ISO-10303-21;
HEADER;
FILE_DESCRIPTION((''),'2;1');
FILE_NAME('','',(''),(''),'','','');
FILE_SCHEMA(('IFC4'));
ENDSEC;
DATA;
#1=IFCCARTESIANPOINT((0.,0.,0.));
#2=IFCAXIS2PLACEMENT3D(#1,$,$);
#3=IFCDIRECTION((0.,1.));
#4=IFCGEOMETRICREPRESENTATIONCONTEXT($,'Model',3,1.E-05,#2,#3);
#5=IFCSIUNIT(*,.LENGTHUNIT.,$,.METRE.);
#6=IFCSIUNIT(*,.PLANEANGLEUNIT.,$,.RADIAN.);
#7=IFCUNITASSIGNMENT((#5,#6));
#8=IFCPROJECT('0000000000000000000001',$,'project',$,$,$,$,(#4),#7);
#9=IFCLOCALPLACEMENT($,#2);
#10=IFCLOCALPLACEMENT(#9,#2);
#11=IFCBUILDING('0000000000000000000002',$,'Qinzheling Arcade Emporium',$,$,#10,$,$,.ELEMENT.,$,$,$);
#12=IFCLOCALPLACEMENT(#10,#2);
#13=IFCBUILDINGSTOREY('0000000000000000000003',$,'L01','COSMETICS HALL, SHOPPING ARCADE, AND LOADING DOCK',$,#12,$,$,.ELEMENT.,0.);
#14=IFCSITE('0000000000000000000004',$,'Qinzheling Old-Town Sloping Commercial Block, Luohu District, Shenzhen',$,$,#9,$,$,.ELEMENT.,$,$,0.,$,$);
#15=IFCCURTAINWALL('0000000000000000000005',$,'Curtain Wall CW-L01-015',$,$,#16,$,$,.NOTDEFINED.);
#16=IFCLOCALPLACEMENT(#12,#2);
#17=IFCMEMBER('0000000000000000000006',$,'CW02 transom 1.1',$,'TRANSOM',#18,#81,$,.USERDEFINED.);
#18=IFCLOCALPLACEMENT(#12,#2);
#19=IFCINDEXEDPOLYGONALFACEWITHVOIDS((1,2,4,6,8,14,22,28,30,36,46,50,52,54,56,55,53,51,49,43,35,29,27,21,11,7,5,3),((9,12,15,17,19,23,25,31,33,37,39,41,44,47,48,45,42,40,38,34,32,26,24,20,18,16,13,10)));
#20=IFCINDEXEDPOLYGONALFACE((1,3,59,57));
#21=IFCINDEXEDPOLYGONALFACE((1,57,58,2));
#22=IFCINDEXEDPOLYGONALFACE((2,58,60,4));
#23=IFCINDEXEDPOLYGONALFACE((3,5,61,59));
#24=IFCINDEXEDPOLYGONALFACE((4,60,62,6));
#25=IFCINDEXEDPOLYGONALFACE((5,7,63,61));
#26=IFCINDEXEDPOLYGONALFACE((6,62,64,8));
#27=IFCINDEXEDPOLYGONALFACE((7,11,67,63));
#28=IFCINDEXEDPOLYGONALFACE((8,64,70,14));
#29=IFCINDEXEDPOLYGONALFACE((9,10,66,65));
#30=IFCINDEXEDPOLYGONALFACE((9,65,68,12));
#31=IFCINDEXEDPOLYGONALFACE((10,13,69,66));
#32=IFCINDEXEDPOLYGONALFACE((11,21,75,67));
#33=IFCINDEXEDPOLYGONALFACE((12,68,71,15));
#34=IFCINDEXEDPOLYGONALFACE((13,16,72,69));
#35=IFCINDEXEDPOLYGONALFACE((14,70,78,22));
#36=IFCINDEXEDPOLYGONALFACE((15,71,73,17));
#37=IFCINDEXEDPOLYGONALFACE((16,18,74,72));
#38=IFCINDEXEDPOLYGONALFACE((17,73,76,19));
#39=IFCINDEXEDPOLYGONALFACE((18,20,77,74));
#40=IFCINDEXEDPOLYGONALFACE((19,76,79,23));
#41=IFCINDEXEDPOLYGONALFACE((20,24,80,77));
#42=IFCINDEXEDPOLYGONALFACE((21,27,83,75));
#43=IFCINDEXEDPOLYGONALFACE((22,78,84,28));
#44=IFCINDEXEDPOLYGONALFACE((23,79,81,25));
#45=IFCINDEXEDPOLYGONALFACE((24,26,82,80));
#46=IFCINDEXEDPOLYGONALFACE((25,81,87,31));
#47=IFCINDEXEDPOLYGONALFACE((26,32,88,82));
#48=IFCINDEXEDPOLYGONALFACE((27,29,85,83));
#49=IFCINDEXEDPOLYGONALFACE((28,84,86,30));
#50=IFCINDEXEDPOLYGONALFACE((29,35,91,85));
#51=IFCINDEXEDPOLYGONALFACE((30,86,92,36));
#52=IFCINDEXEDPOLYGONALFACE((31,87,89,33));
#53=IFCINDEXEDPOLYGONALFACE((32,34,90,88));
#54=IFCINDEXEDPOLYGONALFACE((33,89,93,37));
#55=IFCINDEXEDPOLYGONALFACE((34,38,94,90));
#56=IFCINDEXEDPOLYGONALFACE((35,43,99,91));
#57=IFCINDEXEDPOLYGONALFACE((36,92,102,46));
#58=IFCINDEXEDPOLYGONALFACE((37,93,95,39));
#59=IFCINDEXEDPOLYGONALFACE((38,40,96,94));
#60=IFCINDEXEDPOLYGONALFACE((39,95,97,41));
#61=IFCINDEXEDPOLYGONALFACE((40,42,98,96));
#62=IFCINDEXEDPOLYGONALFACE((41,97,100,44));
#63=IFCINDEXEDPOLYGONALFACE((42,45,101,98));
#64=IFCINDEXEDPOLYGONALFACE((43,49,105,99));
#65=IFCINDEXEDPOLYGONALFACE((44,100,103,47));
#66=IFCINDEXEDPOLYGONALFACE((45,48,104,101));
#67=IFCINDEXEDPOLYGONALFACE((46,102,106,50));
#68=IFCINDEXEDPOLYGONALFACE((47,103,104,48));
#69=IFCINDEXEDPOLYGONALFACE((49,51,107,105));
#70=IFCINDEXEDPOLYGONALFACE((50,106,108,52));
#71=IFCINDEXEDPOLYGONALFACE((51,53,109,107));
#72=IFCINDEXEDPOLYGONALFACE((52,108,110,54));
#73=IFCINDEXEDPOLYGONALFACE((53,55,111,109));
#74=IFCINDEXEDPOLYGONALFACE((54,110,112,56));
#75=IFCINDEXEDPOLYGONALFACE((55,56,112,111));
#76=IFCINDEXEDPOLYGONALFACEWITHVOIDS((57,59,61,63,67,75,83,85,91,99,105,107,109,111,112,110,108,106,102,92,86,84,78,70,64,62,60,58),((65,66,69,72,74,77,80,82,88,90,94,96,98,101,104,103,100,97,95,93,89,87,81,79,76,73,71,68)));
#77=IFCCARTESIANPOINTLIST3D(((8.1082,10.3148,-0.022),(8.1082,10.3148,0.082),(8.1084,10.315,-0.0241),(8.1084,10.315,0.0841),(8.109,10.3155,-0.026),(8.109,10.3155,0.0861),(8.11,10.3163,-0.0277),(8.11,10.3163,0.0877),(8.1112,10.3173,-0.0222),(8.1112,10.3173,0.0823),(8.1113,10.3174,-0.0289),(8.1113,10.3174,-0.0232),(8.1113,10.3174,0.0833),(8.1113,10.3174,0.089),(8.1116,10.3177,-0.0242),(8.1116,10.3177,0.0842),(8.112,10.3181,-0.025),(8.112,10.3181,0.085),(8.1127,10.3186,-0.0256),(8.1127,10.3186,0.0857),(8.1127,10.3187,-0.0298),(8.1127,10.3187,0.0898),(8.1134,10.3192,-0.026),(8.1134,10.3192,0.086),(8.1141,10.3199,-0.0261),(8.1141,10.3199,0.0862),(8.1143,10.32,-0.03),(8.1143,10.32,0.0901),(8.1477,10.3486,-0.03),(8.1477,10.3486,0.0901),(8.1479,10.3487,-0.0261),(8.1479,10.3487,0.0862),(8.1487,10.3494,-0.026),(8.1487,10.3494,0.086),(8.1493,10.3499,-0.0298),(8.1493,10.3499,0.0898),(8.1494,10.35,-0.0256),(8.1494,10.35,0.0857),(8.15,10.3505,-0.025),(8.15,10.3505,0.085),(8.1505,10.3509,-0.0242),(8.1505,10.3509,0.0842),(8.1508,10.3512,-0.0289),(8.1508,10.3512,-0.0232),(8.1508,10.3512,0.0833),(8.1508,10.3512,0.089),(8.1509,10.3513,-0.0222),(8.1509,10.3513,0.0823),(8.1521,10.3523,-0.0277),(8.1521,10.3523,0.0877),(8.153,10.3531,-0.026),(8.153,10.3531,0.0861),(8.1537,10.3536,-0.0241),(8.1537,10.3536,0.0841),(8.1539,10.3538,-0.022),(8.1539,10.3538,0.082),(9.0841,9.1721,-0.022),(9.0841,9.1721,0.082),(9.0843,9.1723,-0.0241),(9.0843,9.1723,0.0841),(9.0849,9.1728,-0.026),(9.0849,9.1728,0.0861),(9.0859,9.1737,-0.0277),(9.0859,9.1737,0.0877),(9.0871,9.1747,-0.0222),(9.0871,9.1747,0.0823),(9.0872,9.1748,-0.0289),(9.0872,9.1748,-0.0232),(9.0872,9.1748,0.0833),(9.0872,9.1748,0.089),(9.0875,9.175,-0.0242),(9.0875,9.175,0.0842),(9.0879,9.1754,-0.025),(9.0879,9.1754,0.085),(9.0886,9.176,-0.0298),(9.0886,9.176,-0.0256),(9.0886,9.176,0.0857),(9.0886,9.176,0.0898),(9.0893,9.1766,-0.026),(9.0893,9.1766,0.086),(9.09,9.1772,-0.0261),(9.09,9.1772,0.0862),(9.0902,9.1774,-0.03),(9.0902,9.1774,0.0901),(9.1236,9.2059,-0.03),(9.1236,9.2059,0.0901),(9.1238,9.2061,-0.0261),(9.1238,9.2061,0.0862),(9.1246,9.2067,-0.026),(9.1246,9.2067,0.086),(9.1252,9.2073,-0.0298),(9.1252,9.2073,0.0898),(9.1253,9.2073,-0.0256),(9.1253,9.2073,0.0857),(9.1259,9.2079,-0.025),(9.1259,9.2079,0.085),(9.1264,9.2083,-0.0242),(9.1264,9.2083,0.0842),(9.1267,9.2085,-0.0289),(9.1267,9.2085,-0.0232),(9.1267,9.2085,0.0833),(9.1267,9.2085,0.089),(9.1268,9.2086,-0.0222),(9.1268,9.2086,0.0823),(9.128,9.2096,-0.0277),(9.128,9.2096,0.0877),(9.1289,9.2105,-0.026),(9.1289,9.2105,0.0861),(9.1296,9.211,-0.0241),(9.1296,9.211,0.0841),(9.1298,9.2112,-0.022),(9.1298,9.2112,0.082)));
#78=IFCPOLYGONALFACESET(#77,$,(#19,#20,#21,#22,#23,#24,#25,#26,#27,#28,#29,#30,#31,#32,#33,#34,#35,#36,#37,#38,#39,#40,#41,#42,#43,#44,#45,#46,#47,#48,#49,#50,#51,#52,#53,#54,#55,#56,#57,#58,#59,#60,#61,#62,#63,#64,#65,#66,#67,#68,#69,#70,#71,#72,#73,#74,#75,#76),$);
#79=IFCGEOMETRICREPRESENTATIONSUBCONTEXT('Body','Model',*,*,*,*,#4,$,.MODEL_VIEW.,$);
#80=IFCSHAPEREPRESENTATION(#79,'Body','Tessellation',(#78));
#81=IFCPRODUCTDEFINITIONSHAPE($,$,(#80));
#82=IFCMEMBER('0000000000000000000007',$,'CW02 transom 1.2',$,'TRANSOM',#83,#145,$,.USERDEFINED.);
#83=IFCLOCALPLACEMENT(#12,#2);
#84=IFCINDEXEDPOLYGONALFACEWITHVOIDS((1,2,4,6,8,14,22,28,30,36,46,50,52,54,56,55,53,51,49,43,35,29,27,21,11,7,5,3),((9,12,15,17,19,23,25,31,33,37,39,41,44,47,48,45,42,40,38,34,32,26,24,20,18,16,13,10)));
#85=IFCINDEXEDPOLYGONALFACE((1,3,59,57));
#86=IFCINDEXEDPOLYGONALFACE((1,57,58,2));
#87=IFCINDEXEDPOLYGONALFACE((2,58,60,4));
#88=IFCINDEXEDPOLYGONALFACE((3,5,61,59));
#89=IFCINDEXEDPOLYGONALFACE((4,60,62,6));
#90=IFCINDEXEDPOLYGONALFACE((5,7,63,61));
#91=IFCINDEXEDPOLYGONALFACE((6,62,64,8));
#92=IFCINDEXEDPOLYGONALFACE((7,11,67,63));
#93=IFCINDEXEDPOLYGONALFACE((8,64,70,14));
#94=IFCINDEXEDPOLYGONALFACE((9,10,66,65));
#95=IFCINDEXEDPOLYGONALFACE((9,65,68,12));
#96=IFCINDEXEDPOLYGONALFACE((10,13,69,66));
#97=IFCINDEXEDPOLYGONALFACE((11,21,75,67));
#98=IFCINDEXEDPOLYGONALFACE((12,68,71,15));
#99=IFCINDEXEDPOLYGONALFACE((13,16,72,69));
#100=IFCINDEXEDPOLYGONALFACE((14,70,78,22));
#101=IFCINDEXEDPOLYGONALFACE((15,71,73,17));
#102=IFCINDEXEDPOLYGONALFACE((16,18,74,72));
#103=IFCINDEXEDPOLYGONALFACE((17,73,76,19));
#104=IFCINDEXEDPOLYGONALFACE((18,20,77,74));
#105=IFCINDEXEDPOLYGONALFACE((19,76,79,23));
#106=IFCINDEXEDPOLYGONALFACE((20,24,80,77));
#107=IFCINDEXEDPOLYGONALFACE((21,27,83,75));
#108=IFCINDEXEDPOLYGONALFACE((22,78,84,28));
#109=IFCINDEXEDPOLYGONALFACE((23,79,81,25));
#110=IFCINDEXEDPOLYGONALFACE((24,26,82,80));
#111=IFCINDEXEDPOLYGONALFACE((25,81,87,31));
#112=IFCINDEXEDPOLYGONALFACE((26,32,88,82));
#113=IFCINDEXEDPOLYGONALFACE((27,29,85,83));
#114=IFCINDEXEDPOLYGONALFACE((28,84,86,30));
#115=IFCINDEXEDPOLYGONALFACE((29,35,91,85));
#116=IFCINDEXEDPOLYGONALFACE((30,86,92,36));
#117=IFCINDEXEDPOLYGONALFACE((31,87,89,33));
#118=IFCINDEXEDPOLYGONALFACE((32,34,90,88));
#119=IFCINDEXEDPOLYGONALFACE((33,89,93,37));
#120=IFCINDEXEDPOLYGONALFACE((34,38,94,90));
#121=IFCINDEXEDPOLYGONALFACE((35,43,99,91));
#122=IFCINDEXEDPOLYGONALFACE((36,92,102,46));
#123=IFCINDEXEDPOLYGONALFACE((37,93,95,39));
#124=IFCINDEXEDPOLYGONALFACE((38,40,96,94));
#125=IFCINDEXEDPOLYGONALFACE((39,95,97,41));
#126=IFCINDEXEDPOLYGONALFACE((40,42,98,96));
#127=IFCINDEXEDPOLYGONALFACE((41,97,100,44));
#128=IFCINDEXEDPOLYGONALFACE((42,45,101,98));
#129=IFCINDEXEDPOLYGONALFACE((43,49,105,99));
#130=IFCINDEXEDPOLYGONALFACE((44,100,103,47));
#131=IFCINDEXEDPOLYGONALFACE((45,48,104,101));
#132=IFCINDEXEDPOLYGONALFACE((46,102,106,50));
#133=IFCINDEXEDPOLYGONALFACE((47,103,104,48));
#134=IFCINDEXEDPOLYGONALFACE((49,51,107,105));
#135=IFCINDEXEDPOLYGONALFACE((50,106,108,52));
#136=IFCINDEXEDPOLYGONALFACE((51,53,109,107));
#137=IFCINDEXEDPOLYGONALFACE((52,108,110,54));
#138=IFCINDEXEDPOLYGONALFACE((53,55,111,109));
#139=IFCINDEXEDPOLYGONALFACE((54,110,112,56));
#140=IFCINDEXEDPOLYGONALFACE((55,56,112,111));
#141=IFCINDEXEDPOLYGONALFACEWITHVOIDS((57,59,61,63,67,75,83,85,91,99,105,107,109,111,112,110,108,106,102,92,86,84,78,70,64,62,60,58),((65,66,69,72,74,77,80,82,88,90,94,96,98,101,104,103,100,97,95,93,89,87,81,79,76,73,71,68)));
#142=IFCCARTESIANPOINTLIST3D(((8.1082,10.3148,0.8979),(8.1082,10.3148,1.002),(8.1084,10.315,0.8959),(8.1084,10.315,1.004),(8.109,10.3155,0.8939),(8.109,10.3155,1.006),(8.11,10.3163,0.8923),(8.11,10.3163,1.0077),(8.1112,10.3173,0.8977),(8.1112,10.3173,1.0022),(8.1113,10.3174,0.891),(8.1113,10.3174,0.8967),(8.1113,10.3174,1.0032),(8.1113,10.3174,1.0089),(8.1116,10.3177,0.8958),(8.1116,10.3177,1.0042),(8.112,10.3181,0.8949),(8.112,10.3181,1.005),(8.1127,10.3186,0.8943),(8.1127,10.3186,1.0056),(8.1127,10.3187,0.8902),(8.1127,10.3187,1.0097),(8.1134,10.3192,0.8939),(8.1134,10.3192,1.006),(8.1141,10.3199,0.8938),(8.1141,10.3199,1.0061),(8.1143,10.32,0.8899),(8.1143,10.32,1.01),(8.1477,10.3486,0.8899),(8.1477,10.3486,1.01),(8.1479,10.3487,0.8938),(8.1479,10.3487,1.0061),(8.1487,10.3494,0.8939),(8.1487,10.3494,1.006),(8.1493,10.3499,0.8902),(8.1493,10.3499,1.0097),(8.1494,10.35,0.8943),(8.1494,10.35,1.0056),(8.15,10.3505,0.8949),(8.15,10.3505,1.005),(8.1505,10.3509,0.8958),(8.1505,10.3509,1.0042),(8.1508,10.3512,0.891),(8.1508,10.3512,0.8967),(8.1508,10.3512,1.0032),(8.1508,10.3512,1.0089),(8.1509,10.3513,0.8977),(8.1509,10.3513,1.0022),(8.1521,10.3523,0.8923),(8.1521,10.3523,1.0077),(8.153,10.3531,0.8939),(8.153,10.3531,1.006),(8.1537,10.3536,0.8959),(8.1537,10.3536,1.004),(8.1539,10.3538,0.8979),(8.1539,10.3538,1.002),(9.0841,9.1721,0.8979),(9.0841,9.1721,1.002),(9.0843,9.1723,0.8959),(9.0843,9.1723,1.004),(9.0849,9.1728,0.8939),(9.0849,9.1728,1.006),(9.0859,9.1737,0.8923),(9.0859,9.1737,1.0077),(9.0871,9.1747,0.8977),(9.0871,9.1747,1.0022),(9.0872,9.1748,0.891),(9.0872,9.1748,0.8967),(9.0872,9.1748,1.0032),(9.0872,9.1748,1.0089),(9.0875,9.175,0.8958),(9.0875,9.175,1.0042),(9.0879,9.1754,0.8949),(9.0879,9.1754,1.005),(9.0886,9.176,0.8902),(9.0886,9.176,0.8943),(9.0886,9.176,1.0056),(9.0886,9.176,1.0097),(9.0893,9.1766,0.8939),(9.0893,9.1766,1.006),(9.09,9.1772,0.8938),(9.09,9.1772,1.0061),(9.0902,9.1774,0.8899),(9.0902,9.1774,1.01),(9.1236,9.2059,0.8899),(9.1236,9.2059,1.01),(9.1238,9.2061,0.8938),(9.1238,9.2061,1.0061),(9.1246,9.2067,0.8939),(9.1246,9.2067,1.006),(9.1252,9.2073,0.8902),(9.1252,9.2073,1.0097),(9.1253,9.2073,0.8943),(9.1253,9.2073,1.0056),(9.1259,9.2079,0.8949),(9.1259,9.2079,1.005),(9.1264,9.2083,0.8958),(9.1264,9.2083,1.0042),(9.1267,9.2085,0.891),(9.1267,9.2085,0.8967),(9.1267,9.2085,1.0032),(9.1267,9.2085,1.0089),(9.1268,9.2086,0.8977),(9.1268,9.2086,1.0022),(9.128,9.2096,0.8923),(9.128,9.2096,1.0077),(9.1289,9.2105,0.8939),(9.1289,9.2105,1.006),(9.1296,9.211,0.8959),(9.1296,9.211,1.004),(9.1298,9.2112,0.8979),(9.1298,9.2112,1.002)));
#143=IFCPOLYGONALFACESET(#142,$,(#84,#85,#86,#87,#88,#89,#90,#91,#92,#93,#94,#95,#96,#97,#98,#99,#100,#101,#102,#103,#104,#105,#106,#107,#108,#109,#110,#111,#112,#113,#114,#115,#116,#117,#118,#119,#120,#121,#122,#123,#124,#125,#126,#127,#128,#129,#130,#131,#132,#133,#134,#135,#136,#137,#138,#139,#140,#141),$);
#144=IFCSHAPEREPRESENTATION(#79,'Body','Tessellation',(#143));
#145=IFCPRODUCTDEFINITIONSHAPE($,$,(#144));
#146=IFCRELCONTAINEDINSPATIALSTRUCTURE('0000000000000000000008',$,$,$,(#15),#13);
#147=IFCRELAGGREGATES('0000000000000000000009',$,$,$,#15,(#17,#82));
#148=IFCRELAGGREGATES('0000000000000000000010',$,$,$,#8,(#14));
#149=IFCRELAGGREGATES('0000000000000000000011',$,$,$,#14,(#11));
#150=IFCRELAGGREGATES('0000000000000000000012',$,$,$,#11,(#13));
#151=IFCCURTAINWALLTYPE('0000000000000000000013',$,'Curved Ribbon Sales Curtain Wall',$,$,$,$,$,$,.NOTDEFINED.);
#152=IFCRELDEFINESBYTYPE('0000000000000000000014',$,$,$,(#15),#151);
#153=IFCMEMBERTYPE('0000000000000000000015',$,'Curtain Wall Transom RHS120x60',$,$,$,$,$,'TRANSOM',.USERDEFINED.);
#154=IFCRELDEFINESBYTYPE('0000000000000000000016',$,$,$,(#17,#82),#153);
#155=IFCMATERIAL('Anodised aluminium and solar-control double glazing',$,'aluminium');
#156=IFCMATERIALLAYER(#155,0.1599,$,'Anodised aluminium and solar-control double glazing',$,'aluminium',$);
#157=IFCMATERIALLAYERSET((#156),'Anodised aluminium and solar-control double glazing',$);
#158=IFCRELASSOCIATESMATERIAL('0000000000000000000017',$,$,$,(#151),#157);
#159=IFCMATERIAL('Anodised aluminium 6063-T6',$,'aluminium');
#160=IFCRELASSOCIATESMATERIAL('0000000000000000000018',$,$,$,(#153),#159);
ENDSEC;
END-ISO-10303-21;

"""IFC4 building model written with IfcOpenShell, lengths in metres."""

from ifc_helpers import new_model, si_unit, direction, frame, origin, origin_2d, place, context, subcontext, project, spatial, hollow_rectangle, extrude, material, layer, layer_set, material_profile, profile_set, type_object, element, aggregate, save


model = new_model("IFC4")

# Units and contexts
model_context = context("Model", 3, precision=1e-05, world=origin(), true_north=direction((0.0, 1.0)))
body_context = subcontext(model_context, "Body", "Model", "MODEL_VIEW")
ifc_project = project(units=[si_unit("LENGTHUNIT", "METRE"), si_unit("PLANEANGLEUNIT", "RADIAN")], contexts=[model_context])

# Site, building, storey
site_placement = place(None, origin())
site = spatial("IfcSite", under=ifc_project, at=site_placement, Name="Qinzheling Old-Town Sloping Commercial Block, Luohu District, Shenzhen", CompositionType="ELEMENT", RefElevation=0.0)
building_placement = place(site_placement, origin())
building = spatial("IfcBuilding", under=site, at=building_placement, Name="Qinzheling Arcade Emporium", CompositionType="ELEMENT")
storey_placement = place(building_placement, origin())
storey = spatial("IfcBuildingStorey", under=building, at=storey_placement, Name="L01", Description="COSMETICS HALL, SHOPPING ARCADE, AND LOADING DOCK", CompositionType="ELEMENT", Elevation=0.0)

# Shared definitions
ifc_material_1 = material(Name="Anodised aluminium and solar-control double glazing", Category="aluminium")
ifc_layer_1 = layer(ifc_material_1, 0.1599, Name="Anodised aluminium and solar-control double glazing", Category="aluminium")
ifc_layer_set_1 = layer_set([ifc_layer_1], Name="Anodised aluminium and solar-control double glazing")
curtain_wall_type = type_object("IfcCurtainWallType", Name="Curved Ribbon Sales Curtain Wall", PredefinedType="NOTDEFINED", material=ifc_layer_set_1)
ifc_material_2 = material(Name="Anodised aluminium 6063-T6", Category="aluminium")

# Curtain wall, members
curtain_wall_1_placement = place(storey_placement, origin())
curtain_wall_1 = element("IfcCurtainWall", 1, at=curtain_wall_1_placement, inside=storey, type_object=curtain_wall_type, Name="Curtain Wall CW-L01-015", PredefinedType="NOTDEFINED")
ifc_material_profile_1 = material_profile(ifc_material_2, hollow_rectangle(XDim=0.0601, YDim=0.1201, WallThickness=0.0039, InnerFilletRadius=0.0039, OuterFilletRadius=0.0081, at=origin_2d()), Name="RHS 120x60x4", Category="aluminium")
ifc_profile_set_1 = profile_set([ifc_material_profile_1], Name="Anodised aluminium 6063-T6")
member_type_1 = type_object("IfcMemberType", Name="Curtain Wall Transom RHS120x60", ElementType="TRANSOM", PredefinedType="USERDEFINED", material=ifc_profile_set_1)
member_1_placement = place(storey_placement, frame((9.1069, 9.1917, 0.03), z_axis=(-0.649439, 0.760414, 0.0), x_axis=(-0.760414, -0.649439, 0.0)))
member_1 = element("IfcMember", 2, at=member_1_placement, type_object=member_type_1, Name="CW02 transom 1.1", ObjectType="TRANSOM", PredefinedType="USERDEFINED", context=body_context, shape_type="SweptSolid", body=[
    extrude(hollow_rectangle(XDim=0.0601, YDim=0.1201, WallThickness=0.0039, InnerFilletRadius=0.0039, OuterFilletRadius=0.0081, at=origin_2d()), origin(), (0.0, 0.0, 1.0), 1.5027),
])
member_2_placement = place(storey_placement, frame((9.1069, 9.1917, 0.95), z_axis=(-0.649439, 0.760414, 0.0), x_axis=(-0.760414, -0.649439, 0.0)))
member_2 = element("IfcMember", 3, at=member_2_placement, type_object=member_type_1, Name="CW02 transom 1.2", ObjectType="TRANSOM", PredefinedType="USERDEFINED", context=body_context, shape_type="SweptSolid", body=[
    extrude(hollow_rectangle(XDim=0.0601, YDim=0.1201, WallThickness=0.0039, InnerFilletRadius=0.0039, OuterFilletRadius=0.0081, at=origin_2d()), origin(), (0.0, 0.0, 1.0), 1.5027),
])
aggregate(curtain_wall_1, [member_1, member_2])

save(model, "model.ifc")
